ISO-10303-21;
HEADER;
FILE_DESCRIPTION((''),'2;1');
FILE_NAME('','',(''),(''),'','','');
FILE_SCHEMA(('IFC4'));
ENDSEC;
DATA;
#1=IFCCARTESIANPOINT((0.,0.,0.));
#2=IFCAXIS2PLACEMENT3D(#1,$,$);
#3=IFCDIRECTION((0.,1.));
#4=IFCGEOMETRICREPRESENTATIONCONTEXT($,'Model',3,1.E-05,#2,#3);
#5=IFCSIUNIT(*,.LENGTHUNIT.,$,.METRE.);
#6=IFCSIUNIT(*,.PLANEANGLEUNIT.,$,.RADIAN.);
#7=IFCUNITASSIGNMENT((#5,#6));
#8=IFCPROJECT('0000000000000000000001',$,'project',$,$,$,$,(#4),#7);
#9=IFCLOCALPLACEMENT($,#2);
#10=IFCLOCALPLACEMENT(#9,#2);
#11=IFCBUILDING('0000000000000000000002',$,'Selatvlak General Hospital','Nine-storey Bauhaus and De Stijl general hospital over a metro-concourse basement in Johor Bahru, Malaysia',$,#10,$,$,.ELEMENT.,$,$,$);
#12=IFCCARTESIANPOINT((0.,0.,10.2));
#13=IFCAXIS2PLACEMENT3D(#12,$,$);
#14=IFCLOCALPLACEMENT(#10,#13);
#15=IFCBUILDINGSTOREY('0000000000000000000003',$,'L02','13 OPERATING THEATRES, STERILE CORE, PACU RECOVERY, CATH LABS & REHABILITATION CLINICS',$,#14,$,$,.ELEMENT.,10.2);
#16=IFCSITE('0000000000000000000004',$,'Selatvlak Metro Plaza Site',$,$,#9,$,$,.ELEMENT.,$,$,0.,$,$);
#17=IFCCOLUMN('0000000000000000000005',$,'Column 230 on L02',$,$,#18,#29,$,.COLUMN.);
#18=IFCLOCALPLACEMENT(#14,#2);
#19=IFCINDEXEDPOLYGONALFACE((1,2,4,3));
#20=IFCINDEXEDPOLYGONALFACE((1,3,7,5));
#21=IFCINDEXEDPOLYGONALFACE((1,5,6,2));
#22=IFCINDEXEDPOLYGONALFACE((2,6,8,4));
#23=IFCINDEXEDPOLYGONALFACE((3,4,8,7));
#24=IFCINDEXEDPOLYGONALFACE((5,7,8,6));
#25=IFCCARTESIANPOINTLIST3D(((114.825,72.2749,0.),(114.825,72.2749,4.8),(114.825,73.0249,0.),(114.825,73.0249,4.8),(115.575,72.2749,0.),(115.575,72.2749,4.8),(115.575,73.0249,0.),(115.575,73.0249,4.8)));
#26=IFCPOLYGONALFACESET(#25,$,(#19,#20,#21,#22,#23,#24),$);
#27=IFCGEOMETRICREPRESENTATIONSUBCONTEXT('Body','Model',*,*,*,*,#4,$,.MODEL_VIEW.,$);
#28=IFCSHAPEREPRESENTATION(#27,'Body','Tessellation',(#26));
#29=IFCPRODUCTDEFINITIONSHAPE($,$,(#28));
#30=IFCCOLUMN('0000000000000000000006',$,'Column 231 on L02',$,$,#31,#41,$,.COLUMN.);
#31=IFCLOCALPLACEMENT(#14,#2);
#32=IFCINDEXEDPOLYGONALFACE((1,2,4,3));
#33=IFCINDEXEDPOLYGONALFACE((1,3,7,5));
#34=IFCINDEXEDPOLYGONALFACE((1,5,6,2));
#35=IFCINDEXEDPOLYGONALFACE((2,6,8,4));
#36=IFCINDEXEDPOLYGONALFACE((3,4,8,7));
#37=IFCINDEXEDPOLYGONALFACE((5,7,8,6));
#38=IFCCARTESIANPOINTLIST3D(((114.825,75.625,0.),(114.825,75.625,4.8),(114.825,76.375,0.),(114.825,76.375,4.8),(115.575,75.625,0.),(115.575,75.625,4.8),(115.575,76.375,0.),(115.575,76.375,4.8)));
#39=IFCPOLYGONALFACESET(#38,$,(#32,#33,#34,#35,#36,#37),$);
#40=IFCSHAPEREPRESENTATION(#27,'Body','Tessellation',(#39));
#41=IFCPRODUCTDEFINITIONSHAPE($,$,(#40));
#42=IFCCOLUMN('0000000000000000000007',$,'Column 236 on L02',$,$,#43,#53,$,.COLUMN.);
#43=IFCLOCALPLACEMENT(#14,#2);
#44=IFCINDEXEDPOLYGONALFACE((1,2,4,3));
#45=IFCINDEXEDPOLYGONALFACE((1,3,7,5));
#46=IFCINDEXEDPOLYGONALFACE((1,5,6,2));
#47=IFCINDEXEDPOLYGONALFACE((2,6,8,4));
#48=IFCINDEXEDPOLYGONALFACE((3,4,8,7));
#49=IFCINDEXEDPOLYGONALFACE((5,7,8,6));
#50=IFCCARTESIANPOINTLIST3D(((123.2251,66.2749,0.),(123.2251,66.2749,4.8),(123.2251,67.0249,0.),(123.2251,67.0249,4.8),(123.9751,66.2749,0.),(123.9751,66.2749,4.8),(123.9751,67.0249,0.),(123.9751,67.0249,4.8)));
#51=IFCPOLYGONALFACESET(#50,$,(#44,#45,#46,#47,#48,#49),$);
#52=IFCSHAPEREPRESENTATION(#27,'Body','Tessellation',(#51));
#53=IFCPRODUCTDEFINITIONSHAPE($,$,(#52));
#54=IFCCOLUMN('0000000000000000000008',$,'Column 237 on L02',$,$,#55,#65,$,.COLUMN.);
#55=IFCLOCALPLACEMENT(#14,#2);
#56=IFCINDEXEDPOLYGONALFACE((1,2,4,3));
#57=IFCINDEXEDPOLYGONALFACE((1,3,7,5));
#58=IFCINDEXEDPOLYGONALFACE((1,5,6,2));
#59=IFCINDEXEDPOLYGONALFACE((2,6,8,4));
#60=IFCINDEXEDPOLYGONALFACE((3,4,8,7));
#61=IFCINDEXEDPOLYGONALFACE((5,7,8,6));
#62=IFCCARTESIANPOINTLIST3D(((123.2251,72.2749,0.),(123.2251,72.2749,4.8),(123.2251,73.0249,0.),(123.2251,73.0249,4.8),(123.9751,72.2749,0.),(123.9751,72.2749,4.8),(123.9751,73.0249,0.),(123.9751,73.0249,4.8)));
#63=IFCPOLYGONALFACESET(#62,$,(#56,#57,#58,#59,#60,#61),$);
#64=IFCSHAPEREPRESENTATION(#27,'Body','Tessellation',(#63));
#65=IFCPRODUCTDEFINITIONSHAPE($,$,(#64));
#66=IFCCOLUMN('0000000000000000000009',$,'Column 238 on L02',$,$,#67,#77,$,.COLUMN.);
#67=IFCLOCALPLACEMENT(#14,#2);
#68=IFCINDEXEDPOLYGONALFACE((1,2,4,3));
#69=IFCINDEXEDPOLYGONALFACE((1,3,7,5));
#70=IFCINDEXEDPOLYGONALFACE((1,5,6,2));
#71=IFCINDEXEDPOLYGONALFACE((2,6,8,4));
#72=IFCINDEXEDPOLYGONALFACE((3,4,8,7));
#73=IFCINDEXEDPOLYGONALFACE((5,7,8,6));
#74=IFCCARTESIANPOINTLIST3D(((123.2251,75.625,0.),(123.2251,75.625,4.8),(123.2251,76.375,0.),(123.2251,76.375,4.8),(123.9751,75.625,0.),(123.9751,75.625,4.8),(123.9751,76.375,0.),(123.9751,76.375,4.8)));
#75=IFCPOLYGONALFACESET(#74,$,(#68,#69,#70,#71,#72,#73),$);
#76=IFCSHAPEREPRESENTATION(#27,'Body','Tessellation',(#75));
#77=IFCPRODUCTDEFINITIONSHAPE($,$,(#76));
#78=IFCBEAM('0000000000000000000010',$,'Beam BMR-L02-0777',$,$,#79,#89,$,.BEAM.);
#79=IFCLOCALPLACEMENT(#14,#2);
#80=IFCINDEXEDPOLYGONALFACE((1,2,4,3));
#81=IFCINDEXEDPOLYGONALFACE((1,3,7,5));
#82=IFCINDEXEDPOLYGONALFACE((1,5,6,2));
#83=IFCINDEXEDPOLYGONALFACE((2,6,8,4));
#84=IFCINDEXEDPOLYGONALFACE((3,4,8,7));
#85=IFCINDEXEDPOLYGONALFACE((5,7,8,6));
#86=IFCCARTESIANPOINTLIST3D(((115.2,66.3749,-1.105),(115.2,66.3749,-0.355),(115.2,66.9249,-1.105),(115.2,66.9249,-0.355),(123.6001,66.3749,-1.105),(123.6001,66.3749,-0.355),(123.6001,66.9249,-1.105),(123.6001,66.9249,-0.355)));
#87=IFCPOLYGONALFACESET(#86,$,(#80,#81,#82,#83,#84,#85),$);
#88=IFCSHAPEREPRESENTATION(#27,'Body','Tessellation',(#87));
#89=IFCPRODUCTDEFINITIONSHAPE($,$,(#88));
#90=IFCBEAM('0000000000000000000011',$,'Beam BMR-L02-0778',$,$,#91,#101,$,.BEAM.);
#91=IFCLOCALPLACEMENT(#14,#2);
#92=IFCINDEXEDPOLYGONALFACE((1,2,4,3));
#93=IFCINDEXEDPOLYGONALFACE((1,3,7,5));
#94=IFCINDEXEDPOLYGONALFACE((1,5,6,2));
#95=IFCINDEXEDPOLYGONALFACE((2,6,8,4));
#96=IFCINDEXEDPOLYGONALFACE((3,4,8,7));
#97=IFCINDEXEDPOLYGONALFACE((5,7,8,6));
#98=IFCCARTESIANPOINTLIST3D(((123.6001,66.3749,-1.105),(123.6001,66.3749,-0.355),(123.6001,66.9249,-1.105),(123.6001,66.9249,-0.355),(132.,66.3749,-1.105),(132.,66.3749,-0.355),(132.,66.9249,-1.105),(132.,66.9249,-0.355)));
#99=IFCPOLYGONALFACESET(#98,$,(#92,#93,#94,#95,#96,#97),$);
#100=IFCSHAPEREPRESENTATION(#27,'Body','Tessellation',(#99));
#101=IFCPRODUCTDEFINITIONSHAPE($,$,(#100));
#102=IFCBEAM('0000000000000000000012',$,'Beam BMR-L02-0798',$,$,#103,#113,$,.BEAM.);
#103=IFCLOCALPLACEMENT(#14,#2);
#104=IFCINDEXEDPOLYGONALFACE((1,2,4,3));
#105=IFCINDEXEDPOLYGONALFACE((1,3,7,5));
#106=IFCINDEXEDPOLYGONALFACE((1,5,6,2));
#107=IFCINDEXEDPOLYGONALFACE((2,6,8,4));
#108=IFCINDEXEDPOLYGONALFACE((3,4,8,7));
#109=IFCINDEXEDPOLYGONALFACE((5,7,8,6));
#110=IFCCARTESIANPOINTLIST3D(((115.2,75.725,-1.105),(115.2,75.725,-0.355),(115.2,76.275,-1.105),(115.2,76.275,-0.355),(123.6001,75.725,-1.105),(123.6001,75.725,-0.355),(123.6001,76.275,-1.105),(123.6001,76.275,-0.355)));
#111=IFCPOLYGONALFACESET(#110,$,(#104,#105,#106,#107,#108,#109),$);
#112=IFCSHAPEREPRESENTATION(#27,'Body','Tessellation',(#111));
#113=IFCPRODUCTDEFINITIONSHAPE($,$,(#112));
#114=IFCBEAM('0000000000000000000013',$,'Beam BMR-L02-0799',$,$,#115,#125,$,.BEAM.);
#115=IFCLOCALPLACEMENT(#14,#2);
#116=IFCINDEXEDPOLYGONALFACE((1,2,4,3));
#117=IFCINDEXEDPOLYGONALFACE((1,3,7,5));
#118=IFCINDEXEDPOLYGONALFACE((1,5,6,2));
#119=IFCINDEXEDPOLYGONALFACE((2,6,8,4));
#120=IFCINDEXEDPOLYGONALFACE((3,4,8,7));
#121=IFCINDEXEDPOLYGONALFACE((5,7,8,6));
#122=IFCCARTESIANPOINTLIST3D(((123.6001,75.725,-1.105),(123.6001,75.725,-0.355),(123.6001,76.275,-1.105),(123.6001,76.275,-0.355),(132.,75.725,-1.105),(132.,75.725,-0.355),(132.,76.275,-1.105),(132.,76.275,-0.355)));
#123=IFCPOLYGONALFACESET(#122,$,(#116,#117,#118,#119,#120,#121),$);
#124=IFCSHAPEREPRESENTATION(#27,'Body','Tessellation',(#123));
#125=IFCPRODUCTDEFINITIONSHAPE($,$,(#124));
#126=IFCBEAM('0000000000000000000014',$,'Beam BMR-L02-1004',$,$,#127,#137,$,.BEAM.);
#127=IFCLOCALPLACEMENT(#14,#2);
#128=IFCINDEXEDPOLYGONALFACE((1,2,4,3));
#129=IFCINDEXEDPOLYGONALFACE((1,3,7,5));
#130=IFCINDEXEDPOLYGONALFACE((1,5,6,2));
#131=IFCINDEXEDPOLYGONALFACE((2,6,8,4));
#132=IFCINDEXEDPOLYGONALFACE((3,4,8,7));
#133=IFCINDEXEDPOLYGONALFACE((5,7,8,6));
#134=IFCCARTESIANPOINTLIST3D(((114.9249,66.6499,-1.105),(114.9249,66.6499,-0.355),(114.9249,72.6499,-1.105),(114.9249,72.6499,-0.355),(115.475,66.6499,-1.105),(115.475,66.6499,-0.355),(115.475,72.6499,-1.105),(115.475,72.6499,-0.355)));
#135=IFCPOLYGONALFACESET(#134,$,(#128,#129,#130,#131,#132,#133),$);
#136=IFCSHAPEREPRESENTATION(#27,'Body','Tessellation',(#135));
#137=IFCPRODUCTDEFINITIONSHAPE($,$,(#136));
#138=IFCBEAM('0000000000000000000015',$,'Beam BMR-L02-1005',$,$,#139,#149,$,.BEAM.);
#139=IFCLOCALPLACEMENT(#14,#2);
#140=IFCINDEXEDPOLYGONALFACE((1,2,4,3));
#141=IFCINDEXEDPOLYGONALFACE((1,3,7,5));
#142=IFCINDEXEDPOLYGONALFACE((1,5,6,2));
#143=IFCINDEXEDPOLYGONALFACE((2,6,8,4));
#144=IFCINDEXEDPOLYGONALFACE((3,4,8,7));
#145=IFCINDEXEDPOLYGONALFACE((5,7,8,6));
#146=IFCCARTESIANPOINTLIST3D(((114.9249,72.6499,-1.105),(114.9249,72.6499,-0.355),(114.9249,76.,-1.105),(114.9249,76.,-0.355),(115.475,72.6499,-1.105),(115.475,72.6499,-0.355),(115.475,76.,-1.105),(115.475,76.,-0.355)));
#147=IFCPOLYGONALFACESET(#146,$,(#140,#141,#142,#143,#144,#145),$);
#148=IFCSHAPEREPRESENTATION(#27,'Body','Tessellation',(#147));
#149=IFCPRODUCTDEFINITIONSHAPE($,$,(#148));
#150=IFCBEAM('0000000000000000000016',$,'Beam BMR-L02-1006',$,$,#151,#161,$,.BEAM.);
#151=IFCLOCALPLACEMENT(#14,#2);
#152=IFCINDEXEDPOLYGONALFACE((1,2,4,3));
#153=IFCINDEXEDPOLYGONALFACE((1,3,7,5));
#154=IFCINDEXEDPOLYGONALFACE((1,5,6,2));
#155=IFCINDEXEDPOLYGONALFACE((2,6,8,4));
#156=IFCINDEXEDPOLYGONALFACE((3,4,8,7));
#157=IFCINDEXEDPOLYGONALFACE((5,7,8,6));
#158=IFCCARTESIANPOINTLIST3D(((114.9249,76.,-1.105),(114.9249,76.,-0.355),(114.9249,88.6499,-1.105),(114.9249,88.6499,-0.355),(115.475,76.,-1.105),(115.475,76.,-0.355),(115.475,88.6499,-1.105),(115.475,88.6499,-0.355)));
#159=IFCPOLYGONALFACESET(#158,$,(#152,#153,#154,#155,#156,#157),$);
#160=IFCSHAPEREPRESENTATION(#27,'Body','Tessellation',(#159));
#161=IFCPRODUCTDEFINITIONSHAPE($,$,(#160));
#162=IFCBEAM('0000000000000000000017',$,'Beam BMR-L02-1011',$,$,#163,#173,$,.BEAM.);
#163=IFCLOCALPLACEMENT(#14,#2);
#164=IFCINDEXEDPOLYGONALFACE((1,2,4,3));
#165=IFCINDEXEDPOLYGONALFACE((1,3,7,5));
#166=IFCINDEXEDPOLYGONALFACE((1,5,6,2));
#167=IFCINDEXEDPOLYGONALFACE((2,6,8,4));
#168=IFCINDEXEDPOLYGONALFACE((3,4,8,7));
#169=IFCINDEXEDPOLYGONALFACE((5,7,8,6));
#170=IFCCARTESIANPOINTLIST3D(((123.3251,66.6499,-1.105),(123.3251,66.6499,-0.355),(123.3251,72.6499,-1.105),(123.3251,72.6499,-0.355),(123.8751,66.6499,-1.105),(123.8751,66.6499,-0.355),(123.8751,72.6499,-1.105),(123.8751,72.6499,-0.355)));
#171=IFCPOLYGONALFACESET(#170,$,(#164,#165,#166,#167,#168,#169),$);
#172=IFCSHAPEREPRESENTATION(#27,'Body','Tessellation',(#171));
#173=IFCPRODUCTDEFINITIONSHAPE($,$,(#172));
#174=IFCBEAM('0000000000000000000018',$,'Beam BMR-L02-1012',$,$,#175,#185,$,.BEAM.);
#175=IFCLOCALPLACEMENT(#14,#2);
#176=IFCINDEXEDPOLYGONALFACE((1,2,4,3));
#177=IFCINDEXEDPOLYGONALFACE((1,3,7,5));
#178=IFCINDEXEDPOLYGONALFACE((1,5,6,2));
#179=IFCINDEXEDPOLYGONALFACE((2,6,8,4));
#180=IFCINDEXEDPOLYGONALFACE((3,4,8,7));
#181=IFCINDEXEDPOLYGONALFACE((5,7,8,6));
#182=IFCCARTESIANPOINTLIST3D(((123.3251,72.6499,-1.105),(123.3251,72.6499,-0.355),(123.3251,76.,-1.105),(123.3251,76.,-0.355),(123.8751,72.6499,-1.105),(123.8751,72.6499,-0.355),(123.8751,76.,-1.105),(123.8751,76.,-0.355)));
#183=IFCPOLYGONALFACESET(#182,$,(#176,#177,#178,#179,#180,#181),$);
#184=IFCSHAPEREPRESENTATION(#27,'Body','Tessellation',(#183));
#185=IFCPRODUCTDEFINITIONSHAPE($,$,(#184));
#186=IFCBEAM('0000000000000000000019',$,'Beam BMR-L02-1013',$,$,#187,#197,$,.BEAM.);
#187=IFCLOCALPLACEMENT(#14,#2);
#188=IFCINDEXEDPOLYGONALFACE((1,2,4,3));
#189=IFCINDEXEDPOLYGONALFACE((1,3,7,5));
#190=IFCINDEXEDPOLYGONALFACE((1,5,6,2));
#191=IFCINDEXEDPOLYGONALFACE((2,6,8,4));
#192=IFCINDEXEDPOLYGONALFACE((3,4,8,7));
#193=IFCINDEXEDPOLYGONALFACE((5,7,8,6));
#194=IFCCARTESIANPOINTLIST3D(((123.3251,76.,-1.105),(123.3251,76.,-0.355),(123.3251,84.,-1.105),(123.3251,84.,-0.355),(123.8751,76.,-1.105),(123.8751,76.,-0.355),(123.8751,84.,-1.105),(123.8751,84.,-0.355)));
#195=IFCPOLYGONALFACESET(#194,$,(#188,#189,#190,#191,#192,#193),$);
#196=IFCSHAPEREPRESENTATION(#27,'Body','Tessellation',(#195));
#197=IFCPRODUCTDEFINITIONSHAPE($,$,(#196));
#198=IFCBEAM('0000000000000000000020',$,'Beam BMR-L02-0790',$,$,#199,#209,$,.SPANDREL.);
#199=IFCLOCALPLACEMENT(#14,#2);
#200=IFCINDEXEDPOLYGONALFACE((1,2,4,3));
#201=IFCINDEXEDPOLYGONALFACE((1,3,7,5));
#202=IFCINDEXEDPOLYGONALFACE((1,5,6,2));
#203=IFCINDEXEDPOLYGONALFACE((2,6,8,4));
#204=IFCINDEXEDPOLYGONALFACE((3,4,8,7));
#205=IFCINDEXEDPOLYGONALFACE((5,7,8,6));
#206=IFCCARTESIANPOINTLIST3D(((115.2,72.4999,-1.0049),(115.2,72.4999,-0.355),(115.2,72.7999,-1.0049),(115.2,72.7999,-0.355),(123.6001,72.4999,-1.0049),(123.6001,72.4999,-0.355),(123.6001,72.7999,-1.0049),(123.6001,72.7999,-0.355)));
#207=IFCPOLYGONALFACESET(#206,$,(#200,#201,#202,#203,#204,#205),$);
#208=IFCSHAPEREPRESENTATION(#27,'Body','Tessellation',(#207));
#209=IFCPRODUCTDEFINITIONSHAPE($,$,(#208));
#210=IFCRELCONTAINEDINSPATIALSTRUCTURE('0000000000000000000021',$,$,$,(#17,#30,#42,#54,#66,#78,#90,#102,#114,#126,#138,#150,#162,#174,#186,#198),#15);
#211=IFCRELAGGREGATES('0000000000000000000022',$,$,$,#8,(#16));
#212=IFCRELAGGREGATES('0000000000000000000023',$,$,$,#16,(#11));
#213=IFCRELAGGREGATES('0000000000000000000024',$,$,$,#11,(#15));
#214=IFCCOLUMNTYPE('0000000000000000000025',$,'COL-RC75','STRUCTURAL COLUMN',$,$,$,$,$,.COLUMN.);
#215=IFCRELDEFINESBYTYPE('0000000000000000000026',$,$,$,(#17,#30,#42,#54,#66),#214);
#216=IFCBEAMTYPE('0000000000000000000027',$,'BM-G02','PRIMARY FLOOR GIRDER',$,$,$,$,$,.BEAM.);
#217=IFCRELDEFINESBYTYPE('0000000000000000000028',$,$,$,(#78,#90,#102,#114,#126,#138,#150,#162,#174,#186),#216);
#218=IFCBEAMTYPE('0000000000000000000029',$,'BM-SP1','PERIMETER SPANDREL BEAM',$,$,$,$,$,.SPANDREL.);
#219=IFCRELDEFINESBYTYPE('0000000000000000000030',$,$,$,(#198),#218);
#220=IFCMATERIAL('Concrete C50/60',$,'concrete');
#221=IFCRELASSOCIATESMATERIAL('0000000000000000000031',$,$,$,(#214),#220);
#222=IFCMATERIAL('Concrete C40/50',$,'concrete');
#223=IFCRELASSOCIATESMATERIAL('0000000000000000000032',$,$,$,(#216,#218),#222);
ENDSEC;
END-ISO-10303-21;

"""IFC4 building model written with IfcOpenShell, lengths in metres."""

from ifc_helpers import new_model, si_unit, direction, frame, origin, origin_2d, place, context, subcontext, project, spatial, rectangle, extrude, material, material_profile, profile_set, type_object, element, save


model = new_model("IFC4")

# Units and contexts
model_context = context("Model", 3, precision=1e-05, world=origin(), true_north=direction((0.0, 1.0)))
body_context = subcontext(model_context, "Body", "Model", "MODEL_VIEW")
ifc_project = project(units=[si_unit("LENGTHUNIT", "METRE"), si_unit("PLANEANGLEUNIT", "RADIAN")], contexts=[model_context])

# Site, building, storey
site_placement = place(None, origin())
site = spatial("IfcSite", under=ifc_project, at=site_placement, Name="Selatvlak Metro Plaza Site", CompositionType="ELEMENT", RefElevation=0.0)
building_placement = place(site_placement, origin())
building = spatial("IfcBuilding", under=site, at=building_placement, Name="Selatvlak General Hospital", Description="Nine-storey Bauhaus and De Stijl general hospital over a metro-concourse basement in Johor Bahru, Malaysia", CompositionType="ELEMENT")
storey_placement = place(building_placement, frame((0.0, 0.0, 10.2)))
storey = spatial("IfcBuildingStorey", under=building, at=storey_placement, Name="L02", Description="13 OPERATING THEATRES, STERILE CORE, PACU RECOVERY, CATH LABS & REHABILITATION CLINICS", CompositionType="ELEMENT", Elevation=10.2)

# Columns
ifc_material_1 = material(Name="Concrete C50/60", Category="concrete")
ifc_material_profile_1 = material_profile(ifc_material_1, rectangle(XDim=0.75, YDim=0.75, at=origin_2d()), Name="RC-COL 750x750")
ifc_profile_set_1 = profile_set([ifc_material_profile_1], Name="Concrete C50/60")
column_type = type_object("IfcColumnType", Name="COL-RC75", Description="STRUCTURAL COLUMN", PredefinedType="COLUMN", material=ifc_profile_set_1)
for number, where, z_axis, x_axis, name in (
    (1, (115.2, 72.6499, 0.0), (0.0, 0.0, 1.0), (1.0, 0.0, 0.0), "Column 230 on L02"),
    (2, (115.2, 76.0, 0.0), (0.0, 0.0, 1.0), (1.0, 0.0, 0.0), "Column 231 on L02"),
    (3, (123.6001, 66.6499, 0.0), (0.0, 0.0, 1.0), (1.0, 0.0, 0.0), "Column 236 on L02"),
    (4, (123.6001, 72.6499, 0.0), (0.0, 0.0, 1.0), (1.0, 0.0, 0.0), "Column 237 on L02"),
    (5, (123.6001, 76.0, 0.0), (0.0, 0.0, 1.0), (1.0, 0.0, 0.0), "Column 238 on L02"),
):
    element("IfcColumn", number, at=place(storey_placement, frame(where, z_axis=z_axis, x_axis=x_axis)), inside=storey, type_object=column_type, Name=name, PredefinedType="COLUMN", context=body_context, shape_type="SweptSolid", body=[
        extrude(rectangle(XDim=0.75, YDim=0.75, at=origin_2d()), origin(), (0.0, 0.0, 1.0), 4.8),
    ])

# Beams
ifc_material_2 = material(Name="Concrete C40/50", Category="concrete")
ifc_material_profile_2 = material_profile(ifc_material_2, rectangle(XDim=0.55, YDim=0.75, at=origin_2d()), Name="RC-BM 550x750")
ifc_profile_set_2 = profile_set([ifc_material_profile_2], Name="Concrete C40/50")
beam_type_1 = type_object("IfcBeamType", Name="BM-G02", Description="PRIMARY FLOOR GIRDER", PredefinedType="BEAM", material=ifc_profile_set_2)
beam_1_placement = place(storey_placement, frame((115.2, 66.6499, -0.73), z_axis=(1.0, 0.0, 0.0), x_axis=(0.0, 1.0, 0.0)))
element("IfcBeam", 6, at=beam_1_placement, inside=storey, type_object=beam_type_1, Name="Beam BMR-L02-0777", PredefinedType="BEAM", context=body_context, shape_type="SweptSolid", body=[
    extrude(rectangle(XDim=0.55, YDim=0.75, at=origin_2d()), origin(), (0.0, 0.0, 1.0), 8.4001),
])
beam_2_placement = place(storey_placement, frame((123.6001, 66.6499, -0.73), z_axis=(1.0, 0.0, 0.0), x_axis=(0.0, 1.0, 0.0)))
element("IfcBeam", 7, at=beam_2_placement, inside=storey, type_object=beam_type_1, Name="Beam BMR-L02-0778", PredefinedType="BEAM", context=body_context, shape_type="SweptSolid", body=[
    extrude(rectangle(XDim=0.55, YDim=0.75, at=origin_2d()), origin(), (0.0, 0.0, 1.0), 8.3999),
])
beam_3_placement = place(storey_placement, frame((115.2, 76.0, -0.73), z_axis=(1.0, 0.0, 0.0), x_axis=(0.0, 1.0, 0.0)))
element("IfcBeam", 8, at=beam_3_placement, inside=storey, type_object=beam_type_1, Name="Beam BMR-L02-0798", PredefinedType="BEAM", context=body_context, shape_type="SweptSolid", body=[
    extrude(rectangle(XDim=0.55, YDim=0.75, at=origin_2d()), origin(), (0.0, 0.0, 1.0), 8.4001),
])
beam_4_placement = place(storey_placement, frame((123.6001, 76.0, -0.73), z_axis=(1.0, 0.0, 0.0), x_axis=(0.0, 1.0, 0.0)))
element("IfcBeam", 9, at=beam_4_placement, inside=storey, type_object=beam_type_1, Name="Beam BMR-L02-0799", PredefinedType="BEAM", context=body_context, shape_type="SweptSolid", body=[
    extrude(rectangle(XDim=0.55, YDim=0.75, at=origin_2d()), origin(), (0.0, 0.0, 1.0), 8.3999),
])
beam_5_placement = place(storey_placement, frame((115.2, 66.6499, -0.73), z_axis=(0.0, 1.0, 0.0), x_axis=(-1.0, 0.0, 0.0)))
element("IfcBeam", 10, at=beam_5_placement, inside=storey, type_object=beam_type_1, Name="Beam BMR-L02-1004", PredefinedType="BEAM", context=body_context, shape_type="SweptSolid", body=[
    extrude(rectangle(XDim=0.55, YDim=0.75, at=origin_2d()), origin(), (0.0, 0.0, 1.0), 6.0),
])
beam_6_placement = place(storey_placement, frame((115.2, 72.6499, -0.73), z_axis=(0.0, 1.0, 0.0), x_axis=(-1.0, 0.0, 0.0)))
element("IfcBeam", 11, at=beam_6_placement, inside=storey, type_object=beam_type_1, Name="Beam BMR-L02-1005", PredefinedType="BEAM", context=body_context, shape_type="SweptSolid", body=[
    extrude(rectangle(XDim=0.55, YDim=0.75, at=origin_2d()), origin(), (0.0, 0.0, 1.0), 3.3501),
])
beam_7_placement = place(storey_placement, frame((115.2, 76.0, -0.73), z_axis=(0.0, 1.0, 0.0), x_axis=(-1.0, 0.0, 0.0)))
element("IfcBeam", 12, at=beam_7_placement, inside=storey, type_object=beam_type_1, Name="Beam BMR-L02-1006", PredefinedType="BEAM", context=body_context, shape_type="SweptSolid", body=[
    extrude(rectangle(XDim=0.55, YDim=0.75, at=origin_2d()), origin(), (0.0, 0.0, 1.0), 12.6499),
])
beam_8_placement = place(storey_placement, frame((123.6001, 66.6499, -0.73), z_axis=(0.0, 1.0, 0.0), x_axis=(-1.0, 0.0, 0.0)))
element("IfcBeam", 13, at=beam_8_placement, inside=storey, type_object=beam_type_1, Name="Beam BMR-L02-1011", PredefinedType="BEAM", context=body_context, shape_type="SweptSolid", body=[
    extrude(rectangle(XDim=0.55, YDim=0.75, at=origin_2d()), origin(), (0.0, 0.0, 1.0), 6.0),
])
beam_9_placement = place(storey_placement, frame((123.6001, 72.6499, -0.73), z_axis=(0.0, 1.0, 0.0), x_axis=(-1.0, 0.0, 0.0)))
element("IfcBeam", 14, at=beam_9_placement, inside=storey, type_object=beam_type_1, Name="Beam BMR-L02-1012", PredefinedType="BEAM", context=body_context, shape_type="SweptSolid", body=[
    extrude(rectangle(XDim=0.55, YDim=0.75, at=origin_2d()), origin(), (0.0, 0.0, 1.0), 3.3501),
])
beam_10_placement = place(storey_placement, frame((123.6001, 76.0, -0.73), z_axis=(0.0, 1.0, 0.0), x_axis=(-1.0, 0.0, 0.0)))
element("IfcBeam", 15, at=beam_10_placement, inside=storey, type_object=beam_type_1, Name="Beam BMR-L02-1013", PredefinedType="BEAM", context=body_context, shape_type="SweptSolid", body=[
    extrude(rectangle(XDim=0.55, YDim=0.75, at=origin_2d()), origin(), (0.0, 0.0, 1.0), 8.0),
])
ifc_material_profile_3 = material_profile(ifc_material_2, rectangle(XDim=0.3, YDim=0.6499, at=origin_2d()), Name="RC-SP 300x650")
ifc_profile_set_3 = profile_set([ifc_material_profile_3], Name="Concrete C40/50")
beam_type_2 = type_object("IfcBeamType", Name="BM-SP1", Description="PERIMETER SPANDREL BEAM", PredefinedType="SPANDREL", material=ifc_profile_set_3)
beam_11_placement = place(storey_placement, frame((115.2, 72.6499, -0.6799), z_axis=(1.0, 0.0, 0.0), x_axis=(0.0, 1.0, 0.0)))
element("IfcBeam", 16, at=beam_11_placement, inside=storey, type_object=beam_type_2, Name="Beam BMR-L02-0790", PredefinedType="SPANDREL", context=body_context, shape_type="SweptSolid", body=[
    extrude(rectangle(XDim=0.3, YDim=0.6499, at=origin_2d()), origin(), (0.0, 0.0, 1.0), 8.4001),
])

save(model, "model.ifc")
